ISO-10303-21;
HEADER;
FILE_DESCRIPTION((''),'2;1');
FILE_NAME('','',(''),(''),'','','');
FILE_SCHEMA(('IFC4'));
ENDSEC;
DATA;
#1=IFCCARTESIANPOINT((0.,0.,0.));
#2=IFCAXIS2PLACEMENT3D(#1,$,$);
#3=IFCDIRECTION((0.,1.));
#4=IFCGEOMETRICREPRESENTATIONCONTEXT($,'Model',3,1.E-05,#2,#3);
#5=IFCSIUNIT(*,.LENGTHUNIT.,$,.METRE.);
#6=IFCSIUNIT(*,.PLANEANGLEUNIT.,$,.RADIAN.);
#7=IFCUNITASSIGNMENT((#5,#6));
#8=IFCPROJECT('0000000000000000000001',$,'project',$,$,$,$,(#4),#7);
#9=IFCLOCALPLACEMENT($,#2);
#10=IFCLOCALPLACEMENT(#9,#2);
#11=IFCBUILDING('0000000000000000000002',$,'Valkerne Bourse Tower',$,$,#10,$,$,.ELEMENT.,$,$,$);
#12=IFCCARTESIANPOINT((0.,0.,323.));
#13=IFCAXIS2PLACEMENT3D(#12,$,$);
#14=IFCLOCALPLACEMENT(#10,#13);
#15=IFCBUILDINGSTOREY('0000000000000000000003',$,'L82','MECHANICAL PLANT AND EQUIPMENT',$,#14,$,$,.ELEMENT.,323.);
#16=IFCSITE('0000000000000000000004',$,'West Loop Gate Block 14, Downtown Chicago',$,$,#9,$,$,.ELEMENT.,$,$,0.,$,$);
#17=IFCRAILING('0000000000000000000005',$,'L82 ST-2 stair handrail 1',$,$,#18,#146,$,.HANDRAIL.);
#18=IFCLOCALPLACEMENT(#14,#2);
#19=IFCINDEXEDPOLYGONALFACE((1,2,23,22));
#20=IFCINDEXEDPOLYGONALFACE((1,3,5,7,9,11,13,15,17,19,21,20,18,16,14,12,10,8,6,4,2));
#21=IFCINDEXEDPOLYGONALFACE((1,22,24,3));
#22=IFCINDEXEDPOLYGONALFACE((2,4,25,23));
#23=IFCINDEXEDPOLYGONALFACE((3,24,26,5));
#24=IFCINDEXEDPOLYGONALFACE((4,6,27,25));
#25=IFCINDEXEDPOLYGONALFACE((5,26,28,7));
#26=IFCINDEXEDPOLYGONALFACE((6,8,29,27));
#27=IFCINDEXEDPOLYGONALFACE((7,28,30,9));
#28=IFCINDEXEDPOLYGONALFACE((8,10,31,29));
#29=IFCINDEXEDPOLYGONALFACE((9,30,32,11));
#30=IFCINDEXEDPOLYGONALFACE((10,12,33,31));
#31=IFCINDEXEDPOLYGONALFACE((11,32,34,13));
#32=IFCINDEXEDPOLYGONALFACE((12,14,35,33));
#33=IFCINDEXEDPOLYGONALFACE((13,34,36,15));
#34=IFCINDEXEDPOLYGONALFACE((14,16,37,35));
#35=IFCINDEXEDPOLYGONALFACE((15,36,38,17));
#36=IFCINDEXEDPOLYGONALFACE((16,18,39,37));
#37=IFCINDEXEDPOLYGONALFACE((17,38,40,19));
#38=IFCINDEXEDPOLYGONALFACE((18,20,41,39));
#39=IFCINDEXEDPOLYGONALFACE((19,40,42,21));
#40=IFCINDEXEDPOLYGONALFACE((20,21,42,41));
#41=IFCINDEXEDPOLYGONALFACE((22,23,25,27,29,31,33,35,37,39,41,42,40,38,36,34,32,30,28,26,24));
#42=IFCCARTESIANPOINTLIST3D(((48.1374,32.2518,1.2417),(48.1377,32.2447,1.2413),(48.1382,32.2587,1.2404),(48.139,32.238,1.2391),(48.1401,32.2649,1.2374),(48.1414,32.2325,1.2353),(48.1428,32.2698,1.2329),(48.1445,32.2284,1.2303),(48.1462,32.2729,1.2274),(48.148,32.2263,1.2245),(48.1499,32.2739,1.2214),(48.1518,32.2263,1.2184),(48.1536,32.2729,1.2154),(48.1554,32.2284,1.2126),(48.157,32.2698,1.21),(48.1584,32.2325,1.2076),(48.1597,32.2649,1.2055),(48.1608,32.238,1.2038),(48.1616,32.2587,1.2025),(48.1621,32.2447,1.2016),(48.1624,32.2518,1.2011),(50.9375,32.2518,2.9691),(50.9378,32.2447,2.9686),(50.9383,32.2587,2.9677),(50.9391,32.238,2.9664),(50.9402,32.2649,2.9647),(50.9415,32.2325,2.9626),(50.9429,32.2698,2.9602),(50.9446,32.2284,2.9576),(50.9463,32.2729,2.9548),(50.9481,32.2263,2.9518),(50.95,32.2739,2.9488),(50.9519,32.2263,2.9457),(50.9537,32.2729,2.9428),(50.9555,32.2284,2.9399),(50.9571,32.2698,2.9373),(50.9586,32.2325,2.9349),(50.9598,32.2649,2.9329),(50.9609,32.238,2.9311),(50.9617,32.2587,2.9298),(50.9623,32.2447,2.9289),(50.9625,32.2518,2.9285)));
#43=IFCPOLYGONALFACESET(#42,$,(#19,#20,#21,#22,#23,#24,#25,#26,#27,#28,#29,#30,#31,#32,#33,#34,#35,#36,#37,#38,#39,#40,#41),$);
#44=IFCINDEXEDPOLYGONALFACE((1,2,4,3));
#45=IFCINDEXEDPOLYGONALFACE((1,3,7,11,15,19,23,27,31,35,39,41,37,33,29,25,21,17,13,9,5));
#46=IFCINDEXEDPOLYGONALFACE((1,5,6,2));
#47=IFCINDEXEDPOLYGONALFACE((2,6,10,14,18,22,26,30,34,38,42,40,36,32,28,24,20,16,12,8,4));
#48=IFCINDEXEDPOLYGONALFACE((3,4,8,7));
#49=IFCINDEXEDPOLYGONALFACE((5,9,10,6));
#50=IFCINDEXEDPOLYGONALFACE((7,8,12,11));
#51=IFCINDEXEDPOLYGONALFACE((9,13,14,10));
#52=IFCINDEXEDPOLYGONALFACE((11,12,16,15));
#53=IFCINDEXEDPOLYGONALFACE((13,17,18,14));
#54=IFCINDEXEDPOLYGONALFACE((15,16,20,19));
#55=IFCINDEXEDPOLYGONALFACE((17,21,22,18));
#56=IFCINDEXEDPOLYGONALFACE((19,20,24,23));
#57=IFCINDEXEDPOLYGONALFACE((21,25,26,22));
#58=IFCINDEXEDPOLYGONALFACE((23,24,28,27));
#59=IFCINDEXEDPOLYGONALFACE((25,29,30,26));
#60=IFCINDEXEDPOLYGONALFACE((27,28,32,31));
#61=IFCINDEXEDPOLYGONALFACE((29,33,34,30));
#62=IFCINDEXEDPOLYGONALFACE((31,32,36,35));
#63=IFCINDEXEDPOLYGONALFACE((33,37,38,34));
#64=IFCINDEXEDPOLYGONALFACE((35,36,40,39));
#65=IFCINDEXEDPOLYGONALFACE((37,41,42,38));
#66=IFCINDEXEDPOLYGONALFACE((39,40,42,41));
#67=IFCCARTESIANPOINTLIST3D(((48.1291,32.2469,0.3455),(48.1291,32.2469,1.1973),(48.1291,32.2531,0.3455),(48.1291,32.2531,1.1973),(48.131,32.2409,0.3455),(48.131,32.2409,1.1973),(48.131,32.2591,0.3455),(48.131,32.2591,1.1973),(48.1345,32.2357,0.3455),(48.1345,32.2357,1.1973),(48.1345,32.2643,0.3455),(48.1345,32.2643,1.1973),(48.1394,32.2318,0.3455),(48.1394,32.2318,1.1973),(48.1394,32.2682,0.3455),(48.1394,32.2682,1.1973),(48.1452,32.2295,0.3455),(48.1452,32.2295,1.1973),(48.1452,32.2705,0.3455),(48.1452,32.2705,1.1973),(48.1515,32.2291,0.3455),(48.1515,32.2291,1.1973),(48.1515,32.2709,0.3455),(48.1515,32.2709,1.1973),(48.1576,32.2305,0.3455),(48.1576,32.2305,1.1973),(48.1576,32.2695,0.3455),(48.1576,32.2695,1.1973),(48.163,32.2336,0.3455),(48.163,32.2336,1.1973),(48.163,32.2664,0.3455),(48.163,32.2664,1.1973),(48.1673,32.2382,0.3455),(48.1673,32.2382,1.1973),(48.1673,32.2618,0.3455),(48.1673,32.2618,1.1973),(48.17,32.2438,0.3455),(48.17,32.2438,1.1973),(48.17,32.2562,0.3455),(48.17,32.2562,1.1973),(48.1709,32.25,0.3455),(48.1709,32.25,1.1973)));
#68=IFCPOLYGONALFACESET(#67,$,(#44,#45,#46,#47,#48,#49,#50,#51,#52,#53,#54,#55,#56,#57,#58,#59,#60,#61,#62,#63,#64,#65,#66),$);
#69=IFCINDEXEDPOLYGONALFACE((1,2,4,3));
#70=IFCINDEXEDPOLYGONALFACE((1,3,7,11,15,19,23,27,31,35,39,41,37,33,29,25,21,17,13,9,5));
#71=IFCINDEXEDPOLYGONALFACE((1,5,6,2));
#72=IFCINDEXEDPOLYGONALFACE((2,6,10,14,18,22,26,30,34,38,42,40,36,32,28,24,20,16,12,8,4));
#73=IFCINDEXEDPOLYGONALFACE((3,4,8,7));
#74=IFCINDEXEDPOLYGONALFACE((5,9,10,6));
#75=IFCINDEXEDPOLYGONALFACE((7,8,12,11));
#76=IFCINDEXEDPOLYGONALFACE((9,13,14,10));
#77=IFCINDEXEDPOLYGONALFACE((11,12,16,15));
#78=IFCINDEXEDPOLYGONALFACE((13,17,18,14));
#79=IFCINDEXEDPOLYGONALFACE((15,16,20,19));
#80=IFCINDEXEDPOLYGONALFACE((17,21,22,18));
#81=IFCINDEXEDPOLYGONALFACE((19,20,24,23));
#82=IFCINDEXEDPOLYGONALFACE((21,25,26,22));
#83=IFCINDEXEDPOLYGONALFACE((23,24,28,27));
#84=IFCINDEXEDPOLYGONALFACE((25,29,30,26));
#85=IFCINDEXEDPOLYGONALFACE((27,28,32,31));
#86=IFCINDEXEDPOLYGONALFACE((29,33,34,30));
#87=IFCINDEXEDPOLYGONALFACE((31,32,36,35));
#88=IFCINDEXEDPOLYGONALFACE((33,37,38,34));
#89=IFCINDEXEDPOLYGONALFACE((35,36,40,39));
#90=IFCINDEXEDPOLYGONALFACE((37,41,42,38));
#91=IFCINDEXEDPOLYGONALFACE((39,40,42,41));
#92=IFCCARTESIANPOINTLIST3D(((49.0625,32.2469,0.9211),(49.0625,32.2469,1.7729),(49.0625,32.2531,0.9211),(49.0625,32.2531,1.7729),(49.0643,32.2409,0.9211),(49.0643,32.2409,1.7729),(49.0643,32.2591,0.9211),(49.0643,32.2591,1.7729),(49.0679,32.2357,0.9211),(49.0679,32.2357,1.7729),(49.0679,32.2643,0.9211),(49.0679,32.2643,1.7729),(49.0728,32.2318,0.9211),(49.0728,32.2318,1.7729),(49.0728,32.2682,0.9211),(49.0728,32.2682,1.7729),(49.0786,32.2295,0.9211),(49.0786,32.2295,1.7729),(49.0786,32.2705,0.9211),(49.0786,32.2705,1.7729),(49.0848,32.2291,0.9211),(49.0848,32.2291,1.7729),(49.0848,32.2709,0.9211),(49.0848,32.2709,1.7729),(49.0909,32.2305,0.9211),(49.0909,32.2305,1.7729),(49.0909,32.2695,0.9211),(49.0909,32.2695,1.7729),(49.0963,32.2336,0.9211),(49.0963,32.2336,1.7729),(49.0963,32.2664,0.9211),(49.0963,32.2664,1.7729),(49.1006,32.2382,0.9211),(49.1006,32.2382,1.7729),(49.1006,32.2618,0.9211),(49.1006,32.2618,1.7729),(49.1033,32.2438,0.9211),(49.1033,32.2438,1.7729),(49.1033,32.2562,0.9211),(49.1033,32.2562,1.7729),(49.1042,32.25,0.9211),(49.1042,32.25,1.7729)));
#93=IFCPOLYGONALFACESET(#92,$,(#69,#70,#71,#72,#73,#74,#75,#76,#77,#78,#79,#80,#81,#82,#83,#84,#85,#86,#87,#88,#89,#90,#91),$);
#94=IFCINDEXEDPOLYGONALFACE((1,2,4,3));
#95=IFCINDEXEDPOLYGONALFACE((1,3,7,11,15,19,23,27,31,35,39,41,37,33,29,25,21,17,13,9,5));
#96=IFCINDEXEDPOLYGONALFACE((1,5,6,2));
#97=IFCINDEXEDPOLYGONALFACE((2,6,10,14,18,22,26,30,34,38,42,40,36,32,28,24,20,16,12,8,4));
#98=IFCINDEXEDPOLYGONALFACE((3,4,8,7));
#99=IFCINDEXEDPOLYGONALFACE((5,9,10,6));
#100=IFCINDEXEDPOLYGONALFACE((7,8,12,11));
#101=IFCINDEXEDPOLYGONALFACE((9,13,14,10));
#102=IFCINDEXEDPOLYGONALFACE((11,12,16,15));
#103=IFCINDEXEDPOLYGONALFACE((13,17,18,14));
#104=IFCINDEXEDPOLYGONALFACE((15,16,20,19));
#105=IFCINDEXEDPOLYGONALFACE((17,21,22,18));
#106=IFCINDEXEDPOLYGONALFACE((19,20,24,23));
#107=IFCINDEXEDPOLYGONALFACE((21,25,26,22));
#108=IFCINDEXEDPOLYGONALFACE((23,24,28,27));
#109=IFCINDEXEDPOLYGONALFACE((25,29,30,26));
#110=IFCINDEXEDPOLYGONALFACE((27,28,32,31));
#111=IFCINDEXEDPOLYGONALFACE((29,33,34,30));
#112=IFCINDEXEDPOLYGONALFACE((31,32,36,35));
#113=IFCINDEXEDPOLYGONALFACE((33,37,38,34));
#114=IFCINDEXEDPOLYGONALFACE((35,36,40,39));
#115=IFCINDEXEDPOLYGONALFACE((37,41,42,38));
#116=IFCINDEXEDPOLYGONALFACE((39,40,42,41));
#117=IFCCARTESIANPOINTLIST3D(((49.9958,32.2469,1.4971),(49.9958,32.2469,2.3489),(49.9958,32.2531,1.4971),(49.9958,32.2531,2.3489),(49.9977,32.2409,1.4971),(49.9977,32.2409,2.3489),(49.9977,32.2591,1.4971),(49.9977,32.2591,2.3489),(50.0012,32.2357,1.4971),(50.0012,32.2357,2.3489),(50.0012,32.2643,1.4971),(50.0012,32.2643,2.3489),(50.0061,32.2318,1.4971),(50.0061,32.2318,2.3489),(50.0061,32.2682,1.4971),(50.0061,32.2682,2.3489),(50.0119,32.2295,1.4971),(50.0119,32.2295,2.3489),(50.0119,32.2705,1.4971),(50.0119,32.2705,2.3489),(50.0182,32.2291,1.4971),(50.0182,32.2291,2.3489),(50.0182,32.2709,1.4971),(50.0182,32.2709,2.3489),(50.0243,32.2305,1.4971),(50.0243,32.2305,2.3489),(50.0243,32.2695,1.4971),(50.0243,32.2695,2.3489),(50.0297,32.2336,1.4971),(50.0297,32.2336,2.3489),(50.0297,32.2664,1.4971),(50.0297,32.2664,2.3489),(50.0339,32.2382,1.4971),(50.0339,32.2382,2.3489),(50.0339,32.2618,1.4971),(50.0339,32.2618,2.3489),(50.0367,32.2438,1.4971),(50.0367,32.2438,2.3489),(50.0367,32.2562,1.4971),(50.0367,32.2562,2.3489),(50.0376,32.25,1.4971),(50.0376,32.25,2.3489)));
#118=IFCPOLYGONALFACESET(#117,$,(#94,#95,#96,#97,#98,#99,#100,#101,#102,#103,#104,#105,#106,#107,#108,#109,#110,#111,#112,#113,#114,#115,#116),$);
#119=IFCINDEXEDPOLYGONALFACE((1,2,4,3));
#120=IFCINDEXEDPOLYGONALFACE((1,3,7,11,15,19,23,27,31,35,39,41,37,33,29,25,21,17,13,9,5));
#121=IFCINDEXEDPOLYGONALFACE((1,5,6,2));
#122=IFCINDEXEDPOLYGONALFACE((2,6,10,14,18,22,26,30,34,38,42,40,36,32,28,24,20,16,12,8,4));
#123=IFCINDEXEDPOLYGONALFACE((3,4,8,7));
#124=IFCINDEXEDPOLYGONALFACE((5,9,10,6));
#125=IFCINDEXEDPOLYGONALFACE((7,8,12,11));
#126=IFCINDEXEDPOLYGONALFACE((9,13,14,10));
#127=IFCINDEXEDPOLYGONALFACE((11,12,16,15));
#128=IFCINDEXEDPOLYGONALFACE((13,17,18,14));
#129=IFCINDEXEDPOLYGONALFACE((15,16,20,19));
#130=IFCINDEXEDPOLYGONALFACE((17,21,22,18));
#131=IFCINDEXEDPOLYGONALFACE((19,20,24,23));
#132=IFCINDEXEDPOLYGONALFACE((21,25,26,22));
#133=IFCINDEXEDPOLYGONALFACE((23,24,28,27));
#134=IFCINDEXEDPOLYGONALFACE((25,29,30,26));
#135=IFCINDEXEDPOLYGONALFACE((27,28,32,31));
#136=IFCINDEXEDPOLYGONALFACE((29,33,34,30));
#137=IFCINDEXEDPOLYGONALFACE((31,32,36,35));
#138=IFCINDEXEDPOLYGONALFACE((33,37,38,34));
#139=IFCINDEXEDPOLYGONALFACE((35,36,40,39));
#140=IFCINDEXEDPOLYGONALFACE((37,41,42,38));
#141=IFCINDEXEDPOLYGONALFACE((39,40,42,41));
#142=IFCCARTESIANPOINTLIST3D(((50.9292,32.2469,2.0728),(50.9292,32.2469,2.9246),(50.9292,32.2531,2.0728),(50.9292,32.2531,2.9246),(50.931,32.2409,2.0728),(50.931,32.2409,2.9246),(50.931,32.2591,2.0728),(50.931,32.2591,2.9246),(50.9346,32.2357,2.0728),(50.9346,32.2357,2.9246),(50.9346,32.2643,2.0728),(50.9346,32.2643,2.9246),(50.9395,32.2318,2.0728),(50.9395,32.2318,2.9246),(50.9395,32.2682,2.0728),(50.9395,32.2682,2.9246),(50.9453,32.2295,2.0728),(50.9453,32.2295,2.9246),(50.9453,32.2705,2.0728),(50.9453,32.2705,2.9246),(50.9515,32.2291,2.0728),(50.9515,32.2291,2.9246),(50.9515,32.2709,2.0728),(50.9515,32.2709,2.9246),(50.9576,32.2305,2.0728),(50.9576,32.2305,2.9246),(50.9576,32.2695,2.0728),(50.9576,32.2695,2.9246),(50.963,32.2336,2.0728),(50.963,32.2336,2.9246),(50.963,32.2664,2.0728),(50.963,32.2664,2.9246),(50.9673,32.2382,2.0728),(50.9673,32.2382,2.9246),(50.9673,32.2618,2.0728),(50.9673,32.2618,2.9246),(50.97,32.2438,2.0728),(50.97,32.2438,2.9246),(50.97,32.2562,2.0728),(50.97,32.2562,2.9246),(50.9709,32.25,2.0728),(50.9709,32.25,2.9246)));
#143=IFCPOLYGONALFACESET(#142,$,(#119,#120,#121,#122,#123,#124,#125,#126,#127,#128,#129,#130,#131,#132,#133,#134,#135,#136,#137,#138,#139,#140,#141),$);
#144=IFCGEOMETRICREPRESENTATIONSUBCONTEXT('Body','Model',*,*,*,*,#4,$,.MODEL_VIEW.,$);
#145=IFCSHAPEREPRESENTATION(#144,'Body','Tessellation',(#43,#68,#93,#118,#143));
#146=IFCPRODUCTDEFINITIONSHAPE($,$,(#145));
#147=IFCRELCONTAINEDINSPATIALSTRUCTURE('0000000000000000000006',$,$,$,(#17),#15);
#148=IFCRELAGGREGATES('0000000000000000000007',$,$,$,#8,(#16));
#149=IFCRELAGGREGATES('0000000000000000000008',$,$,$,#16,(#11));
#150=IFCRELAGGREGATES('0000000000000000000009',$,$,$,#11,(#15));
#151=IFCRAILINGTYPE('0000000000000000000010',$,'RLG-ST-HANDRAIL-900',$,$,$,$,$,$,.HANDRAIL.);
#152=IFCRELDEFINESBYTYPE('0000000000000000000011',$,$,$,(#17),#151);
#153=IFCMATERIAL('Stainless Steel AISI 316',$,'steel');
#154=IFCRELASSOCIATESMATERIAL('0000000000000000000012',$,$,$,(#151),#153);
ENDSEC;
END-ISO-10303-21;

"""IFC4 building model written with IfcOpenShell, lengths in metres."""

from ifc_helpers import new_model, si_unit, direction, frame, origin, origin_2d, place, context, subcontext, project, spatial, circle, extrude, material, type_object, element, save


model = new_model("IFC4")

# Units and contexts
model_context = context("Model", 3, precision=1e-05, world=origin(), true_north=direction((0.0, 1.0)))
body_context = subcontext(model_context, "Body", "Model", "MODEL_VIEW")
ifc_project = project(units=[si_unit("LENGTHUNIT", "METRE"), si_unit("PLANEANGLEUNIT", "RADIAN")], contexts=[model_context])

# Site, building, storey
site_placement = place(None, origin())
site = spatial("IfcSite", under=ifc_project, at=site_placement, Name="West Loop Gate Block 14, Downtown Chicago", CompositionType="ELEMENT", RefElevation=0.0)
building_placement = place(site_placement, origin())
building = spatial("IfcBuilding", under=site, at=building_placement, Name="Valkerne Bourse Tower", CompositionType="ELEMENT")
storey_placement = place(building_placement, frame((0.0, 0.0, 323.0)))
storey = spatial("IfcBuildingStorey", under=building, at=storey_placement, Name="L82", Description="MECHANICAL PLANT AND EQUIPMENT", CompositionType="ELEMENT", Elevation=323.0)

# Shared definitions
ifc_material_1 = material(Name="Stainless Steel AISI 316", Category="steel")

# Railing
railing_type_1 = type_object("IfcRailingType", Name="RLG-ST-HANDRAIL-900", PredefinedType="HANDRAIL", material=ifc_material_1)
railing_1_placement = place(storey_placement, frame((48.1499, 32.25, 0.3455)))
element("IfcRailing", 1, at=railing_1_placement, inside=storey, type_object=railing_type_1, Name="L82 ST-2 stair handrail 1", PredefinedType="HANDRAIL", context=body_context, shape_type="SweptSolid", body=[
    extrude(circle(Radius=0.0239, at=origin_2d()), frame((0.0, 0.0, 0.876), z_axis=(0.85109, 0.0, 0.52502), x_axis=(0.0, 1.0, 0.0)), (0.0, 0.0, 1.0), 3.29),
    extrude(circle(Radius=0.021, at=origin_2d()), origin(), (0.0, 0.0, 1.0), 0.8518),
    extrude(circle(Radius=0.021, at=origin_2d()), frame((0.9333, 0.0, 0.5757)), (0.0, 0.0, 1.0), 0.8518),
    extrude(circle(Radius=0.021, at=origin_2d()), frame((1.8667, 0.0, 1.1516)), (0.0, 0.0, 1.0), 0.8518),
    extrude(circle(Radius=0.021, at=origin_2d()), frame((2.8, 0.0, 1.7273)), (0.0, 0.0, 1.0), 0.8518),
])

save(model, "model.ifc")
